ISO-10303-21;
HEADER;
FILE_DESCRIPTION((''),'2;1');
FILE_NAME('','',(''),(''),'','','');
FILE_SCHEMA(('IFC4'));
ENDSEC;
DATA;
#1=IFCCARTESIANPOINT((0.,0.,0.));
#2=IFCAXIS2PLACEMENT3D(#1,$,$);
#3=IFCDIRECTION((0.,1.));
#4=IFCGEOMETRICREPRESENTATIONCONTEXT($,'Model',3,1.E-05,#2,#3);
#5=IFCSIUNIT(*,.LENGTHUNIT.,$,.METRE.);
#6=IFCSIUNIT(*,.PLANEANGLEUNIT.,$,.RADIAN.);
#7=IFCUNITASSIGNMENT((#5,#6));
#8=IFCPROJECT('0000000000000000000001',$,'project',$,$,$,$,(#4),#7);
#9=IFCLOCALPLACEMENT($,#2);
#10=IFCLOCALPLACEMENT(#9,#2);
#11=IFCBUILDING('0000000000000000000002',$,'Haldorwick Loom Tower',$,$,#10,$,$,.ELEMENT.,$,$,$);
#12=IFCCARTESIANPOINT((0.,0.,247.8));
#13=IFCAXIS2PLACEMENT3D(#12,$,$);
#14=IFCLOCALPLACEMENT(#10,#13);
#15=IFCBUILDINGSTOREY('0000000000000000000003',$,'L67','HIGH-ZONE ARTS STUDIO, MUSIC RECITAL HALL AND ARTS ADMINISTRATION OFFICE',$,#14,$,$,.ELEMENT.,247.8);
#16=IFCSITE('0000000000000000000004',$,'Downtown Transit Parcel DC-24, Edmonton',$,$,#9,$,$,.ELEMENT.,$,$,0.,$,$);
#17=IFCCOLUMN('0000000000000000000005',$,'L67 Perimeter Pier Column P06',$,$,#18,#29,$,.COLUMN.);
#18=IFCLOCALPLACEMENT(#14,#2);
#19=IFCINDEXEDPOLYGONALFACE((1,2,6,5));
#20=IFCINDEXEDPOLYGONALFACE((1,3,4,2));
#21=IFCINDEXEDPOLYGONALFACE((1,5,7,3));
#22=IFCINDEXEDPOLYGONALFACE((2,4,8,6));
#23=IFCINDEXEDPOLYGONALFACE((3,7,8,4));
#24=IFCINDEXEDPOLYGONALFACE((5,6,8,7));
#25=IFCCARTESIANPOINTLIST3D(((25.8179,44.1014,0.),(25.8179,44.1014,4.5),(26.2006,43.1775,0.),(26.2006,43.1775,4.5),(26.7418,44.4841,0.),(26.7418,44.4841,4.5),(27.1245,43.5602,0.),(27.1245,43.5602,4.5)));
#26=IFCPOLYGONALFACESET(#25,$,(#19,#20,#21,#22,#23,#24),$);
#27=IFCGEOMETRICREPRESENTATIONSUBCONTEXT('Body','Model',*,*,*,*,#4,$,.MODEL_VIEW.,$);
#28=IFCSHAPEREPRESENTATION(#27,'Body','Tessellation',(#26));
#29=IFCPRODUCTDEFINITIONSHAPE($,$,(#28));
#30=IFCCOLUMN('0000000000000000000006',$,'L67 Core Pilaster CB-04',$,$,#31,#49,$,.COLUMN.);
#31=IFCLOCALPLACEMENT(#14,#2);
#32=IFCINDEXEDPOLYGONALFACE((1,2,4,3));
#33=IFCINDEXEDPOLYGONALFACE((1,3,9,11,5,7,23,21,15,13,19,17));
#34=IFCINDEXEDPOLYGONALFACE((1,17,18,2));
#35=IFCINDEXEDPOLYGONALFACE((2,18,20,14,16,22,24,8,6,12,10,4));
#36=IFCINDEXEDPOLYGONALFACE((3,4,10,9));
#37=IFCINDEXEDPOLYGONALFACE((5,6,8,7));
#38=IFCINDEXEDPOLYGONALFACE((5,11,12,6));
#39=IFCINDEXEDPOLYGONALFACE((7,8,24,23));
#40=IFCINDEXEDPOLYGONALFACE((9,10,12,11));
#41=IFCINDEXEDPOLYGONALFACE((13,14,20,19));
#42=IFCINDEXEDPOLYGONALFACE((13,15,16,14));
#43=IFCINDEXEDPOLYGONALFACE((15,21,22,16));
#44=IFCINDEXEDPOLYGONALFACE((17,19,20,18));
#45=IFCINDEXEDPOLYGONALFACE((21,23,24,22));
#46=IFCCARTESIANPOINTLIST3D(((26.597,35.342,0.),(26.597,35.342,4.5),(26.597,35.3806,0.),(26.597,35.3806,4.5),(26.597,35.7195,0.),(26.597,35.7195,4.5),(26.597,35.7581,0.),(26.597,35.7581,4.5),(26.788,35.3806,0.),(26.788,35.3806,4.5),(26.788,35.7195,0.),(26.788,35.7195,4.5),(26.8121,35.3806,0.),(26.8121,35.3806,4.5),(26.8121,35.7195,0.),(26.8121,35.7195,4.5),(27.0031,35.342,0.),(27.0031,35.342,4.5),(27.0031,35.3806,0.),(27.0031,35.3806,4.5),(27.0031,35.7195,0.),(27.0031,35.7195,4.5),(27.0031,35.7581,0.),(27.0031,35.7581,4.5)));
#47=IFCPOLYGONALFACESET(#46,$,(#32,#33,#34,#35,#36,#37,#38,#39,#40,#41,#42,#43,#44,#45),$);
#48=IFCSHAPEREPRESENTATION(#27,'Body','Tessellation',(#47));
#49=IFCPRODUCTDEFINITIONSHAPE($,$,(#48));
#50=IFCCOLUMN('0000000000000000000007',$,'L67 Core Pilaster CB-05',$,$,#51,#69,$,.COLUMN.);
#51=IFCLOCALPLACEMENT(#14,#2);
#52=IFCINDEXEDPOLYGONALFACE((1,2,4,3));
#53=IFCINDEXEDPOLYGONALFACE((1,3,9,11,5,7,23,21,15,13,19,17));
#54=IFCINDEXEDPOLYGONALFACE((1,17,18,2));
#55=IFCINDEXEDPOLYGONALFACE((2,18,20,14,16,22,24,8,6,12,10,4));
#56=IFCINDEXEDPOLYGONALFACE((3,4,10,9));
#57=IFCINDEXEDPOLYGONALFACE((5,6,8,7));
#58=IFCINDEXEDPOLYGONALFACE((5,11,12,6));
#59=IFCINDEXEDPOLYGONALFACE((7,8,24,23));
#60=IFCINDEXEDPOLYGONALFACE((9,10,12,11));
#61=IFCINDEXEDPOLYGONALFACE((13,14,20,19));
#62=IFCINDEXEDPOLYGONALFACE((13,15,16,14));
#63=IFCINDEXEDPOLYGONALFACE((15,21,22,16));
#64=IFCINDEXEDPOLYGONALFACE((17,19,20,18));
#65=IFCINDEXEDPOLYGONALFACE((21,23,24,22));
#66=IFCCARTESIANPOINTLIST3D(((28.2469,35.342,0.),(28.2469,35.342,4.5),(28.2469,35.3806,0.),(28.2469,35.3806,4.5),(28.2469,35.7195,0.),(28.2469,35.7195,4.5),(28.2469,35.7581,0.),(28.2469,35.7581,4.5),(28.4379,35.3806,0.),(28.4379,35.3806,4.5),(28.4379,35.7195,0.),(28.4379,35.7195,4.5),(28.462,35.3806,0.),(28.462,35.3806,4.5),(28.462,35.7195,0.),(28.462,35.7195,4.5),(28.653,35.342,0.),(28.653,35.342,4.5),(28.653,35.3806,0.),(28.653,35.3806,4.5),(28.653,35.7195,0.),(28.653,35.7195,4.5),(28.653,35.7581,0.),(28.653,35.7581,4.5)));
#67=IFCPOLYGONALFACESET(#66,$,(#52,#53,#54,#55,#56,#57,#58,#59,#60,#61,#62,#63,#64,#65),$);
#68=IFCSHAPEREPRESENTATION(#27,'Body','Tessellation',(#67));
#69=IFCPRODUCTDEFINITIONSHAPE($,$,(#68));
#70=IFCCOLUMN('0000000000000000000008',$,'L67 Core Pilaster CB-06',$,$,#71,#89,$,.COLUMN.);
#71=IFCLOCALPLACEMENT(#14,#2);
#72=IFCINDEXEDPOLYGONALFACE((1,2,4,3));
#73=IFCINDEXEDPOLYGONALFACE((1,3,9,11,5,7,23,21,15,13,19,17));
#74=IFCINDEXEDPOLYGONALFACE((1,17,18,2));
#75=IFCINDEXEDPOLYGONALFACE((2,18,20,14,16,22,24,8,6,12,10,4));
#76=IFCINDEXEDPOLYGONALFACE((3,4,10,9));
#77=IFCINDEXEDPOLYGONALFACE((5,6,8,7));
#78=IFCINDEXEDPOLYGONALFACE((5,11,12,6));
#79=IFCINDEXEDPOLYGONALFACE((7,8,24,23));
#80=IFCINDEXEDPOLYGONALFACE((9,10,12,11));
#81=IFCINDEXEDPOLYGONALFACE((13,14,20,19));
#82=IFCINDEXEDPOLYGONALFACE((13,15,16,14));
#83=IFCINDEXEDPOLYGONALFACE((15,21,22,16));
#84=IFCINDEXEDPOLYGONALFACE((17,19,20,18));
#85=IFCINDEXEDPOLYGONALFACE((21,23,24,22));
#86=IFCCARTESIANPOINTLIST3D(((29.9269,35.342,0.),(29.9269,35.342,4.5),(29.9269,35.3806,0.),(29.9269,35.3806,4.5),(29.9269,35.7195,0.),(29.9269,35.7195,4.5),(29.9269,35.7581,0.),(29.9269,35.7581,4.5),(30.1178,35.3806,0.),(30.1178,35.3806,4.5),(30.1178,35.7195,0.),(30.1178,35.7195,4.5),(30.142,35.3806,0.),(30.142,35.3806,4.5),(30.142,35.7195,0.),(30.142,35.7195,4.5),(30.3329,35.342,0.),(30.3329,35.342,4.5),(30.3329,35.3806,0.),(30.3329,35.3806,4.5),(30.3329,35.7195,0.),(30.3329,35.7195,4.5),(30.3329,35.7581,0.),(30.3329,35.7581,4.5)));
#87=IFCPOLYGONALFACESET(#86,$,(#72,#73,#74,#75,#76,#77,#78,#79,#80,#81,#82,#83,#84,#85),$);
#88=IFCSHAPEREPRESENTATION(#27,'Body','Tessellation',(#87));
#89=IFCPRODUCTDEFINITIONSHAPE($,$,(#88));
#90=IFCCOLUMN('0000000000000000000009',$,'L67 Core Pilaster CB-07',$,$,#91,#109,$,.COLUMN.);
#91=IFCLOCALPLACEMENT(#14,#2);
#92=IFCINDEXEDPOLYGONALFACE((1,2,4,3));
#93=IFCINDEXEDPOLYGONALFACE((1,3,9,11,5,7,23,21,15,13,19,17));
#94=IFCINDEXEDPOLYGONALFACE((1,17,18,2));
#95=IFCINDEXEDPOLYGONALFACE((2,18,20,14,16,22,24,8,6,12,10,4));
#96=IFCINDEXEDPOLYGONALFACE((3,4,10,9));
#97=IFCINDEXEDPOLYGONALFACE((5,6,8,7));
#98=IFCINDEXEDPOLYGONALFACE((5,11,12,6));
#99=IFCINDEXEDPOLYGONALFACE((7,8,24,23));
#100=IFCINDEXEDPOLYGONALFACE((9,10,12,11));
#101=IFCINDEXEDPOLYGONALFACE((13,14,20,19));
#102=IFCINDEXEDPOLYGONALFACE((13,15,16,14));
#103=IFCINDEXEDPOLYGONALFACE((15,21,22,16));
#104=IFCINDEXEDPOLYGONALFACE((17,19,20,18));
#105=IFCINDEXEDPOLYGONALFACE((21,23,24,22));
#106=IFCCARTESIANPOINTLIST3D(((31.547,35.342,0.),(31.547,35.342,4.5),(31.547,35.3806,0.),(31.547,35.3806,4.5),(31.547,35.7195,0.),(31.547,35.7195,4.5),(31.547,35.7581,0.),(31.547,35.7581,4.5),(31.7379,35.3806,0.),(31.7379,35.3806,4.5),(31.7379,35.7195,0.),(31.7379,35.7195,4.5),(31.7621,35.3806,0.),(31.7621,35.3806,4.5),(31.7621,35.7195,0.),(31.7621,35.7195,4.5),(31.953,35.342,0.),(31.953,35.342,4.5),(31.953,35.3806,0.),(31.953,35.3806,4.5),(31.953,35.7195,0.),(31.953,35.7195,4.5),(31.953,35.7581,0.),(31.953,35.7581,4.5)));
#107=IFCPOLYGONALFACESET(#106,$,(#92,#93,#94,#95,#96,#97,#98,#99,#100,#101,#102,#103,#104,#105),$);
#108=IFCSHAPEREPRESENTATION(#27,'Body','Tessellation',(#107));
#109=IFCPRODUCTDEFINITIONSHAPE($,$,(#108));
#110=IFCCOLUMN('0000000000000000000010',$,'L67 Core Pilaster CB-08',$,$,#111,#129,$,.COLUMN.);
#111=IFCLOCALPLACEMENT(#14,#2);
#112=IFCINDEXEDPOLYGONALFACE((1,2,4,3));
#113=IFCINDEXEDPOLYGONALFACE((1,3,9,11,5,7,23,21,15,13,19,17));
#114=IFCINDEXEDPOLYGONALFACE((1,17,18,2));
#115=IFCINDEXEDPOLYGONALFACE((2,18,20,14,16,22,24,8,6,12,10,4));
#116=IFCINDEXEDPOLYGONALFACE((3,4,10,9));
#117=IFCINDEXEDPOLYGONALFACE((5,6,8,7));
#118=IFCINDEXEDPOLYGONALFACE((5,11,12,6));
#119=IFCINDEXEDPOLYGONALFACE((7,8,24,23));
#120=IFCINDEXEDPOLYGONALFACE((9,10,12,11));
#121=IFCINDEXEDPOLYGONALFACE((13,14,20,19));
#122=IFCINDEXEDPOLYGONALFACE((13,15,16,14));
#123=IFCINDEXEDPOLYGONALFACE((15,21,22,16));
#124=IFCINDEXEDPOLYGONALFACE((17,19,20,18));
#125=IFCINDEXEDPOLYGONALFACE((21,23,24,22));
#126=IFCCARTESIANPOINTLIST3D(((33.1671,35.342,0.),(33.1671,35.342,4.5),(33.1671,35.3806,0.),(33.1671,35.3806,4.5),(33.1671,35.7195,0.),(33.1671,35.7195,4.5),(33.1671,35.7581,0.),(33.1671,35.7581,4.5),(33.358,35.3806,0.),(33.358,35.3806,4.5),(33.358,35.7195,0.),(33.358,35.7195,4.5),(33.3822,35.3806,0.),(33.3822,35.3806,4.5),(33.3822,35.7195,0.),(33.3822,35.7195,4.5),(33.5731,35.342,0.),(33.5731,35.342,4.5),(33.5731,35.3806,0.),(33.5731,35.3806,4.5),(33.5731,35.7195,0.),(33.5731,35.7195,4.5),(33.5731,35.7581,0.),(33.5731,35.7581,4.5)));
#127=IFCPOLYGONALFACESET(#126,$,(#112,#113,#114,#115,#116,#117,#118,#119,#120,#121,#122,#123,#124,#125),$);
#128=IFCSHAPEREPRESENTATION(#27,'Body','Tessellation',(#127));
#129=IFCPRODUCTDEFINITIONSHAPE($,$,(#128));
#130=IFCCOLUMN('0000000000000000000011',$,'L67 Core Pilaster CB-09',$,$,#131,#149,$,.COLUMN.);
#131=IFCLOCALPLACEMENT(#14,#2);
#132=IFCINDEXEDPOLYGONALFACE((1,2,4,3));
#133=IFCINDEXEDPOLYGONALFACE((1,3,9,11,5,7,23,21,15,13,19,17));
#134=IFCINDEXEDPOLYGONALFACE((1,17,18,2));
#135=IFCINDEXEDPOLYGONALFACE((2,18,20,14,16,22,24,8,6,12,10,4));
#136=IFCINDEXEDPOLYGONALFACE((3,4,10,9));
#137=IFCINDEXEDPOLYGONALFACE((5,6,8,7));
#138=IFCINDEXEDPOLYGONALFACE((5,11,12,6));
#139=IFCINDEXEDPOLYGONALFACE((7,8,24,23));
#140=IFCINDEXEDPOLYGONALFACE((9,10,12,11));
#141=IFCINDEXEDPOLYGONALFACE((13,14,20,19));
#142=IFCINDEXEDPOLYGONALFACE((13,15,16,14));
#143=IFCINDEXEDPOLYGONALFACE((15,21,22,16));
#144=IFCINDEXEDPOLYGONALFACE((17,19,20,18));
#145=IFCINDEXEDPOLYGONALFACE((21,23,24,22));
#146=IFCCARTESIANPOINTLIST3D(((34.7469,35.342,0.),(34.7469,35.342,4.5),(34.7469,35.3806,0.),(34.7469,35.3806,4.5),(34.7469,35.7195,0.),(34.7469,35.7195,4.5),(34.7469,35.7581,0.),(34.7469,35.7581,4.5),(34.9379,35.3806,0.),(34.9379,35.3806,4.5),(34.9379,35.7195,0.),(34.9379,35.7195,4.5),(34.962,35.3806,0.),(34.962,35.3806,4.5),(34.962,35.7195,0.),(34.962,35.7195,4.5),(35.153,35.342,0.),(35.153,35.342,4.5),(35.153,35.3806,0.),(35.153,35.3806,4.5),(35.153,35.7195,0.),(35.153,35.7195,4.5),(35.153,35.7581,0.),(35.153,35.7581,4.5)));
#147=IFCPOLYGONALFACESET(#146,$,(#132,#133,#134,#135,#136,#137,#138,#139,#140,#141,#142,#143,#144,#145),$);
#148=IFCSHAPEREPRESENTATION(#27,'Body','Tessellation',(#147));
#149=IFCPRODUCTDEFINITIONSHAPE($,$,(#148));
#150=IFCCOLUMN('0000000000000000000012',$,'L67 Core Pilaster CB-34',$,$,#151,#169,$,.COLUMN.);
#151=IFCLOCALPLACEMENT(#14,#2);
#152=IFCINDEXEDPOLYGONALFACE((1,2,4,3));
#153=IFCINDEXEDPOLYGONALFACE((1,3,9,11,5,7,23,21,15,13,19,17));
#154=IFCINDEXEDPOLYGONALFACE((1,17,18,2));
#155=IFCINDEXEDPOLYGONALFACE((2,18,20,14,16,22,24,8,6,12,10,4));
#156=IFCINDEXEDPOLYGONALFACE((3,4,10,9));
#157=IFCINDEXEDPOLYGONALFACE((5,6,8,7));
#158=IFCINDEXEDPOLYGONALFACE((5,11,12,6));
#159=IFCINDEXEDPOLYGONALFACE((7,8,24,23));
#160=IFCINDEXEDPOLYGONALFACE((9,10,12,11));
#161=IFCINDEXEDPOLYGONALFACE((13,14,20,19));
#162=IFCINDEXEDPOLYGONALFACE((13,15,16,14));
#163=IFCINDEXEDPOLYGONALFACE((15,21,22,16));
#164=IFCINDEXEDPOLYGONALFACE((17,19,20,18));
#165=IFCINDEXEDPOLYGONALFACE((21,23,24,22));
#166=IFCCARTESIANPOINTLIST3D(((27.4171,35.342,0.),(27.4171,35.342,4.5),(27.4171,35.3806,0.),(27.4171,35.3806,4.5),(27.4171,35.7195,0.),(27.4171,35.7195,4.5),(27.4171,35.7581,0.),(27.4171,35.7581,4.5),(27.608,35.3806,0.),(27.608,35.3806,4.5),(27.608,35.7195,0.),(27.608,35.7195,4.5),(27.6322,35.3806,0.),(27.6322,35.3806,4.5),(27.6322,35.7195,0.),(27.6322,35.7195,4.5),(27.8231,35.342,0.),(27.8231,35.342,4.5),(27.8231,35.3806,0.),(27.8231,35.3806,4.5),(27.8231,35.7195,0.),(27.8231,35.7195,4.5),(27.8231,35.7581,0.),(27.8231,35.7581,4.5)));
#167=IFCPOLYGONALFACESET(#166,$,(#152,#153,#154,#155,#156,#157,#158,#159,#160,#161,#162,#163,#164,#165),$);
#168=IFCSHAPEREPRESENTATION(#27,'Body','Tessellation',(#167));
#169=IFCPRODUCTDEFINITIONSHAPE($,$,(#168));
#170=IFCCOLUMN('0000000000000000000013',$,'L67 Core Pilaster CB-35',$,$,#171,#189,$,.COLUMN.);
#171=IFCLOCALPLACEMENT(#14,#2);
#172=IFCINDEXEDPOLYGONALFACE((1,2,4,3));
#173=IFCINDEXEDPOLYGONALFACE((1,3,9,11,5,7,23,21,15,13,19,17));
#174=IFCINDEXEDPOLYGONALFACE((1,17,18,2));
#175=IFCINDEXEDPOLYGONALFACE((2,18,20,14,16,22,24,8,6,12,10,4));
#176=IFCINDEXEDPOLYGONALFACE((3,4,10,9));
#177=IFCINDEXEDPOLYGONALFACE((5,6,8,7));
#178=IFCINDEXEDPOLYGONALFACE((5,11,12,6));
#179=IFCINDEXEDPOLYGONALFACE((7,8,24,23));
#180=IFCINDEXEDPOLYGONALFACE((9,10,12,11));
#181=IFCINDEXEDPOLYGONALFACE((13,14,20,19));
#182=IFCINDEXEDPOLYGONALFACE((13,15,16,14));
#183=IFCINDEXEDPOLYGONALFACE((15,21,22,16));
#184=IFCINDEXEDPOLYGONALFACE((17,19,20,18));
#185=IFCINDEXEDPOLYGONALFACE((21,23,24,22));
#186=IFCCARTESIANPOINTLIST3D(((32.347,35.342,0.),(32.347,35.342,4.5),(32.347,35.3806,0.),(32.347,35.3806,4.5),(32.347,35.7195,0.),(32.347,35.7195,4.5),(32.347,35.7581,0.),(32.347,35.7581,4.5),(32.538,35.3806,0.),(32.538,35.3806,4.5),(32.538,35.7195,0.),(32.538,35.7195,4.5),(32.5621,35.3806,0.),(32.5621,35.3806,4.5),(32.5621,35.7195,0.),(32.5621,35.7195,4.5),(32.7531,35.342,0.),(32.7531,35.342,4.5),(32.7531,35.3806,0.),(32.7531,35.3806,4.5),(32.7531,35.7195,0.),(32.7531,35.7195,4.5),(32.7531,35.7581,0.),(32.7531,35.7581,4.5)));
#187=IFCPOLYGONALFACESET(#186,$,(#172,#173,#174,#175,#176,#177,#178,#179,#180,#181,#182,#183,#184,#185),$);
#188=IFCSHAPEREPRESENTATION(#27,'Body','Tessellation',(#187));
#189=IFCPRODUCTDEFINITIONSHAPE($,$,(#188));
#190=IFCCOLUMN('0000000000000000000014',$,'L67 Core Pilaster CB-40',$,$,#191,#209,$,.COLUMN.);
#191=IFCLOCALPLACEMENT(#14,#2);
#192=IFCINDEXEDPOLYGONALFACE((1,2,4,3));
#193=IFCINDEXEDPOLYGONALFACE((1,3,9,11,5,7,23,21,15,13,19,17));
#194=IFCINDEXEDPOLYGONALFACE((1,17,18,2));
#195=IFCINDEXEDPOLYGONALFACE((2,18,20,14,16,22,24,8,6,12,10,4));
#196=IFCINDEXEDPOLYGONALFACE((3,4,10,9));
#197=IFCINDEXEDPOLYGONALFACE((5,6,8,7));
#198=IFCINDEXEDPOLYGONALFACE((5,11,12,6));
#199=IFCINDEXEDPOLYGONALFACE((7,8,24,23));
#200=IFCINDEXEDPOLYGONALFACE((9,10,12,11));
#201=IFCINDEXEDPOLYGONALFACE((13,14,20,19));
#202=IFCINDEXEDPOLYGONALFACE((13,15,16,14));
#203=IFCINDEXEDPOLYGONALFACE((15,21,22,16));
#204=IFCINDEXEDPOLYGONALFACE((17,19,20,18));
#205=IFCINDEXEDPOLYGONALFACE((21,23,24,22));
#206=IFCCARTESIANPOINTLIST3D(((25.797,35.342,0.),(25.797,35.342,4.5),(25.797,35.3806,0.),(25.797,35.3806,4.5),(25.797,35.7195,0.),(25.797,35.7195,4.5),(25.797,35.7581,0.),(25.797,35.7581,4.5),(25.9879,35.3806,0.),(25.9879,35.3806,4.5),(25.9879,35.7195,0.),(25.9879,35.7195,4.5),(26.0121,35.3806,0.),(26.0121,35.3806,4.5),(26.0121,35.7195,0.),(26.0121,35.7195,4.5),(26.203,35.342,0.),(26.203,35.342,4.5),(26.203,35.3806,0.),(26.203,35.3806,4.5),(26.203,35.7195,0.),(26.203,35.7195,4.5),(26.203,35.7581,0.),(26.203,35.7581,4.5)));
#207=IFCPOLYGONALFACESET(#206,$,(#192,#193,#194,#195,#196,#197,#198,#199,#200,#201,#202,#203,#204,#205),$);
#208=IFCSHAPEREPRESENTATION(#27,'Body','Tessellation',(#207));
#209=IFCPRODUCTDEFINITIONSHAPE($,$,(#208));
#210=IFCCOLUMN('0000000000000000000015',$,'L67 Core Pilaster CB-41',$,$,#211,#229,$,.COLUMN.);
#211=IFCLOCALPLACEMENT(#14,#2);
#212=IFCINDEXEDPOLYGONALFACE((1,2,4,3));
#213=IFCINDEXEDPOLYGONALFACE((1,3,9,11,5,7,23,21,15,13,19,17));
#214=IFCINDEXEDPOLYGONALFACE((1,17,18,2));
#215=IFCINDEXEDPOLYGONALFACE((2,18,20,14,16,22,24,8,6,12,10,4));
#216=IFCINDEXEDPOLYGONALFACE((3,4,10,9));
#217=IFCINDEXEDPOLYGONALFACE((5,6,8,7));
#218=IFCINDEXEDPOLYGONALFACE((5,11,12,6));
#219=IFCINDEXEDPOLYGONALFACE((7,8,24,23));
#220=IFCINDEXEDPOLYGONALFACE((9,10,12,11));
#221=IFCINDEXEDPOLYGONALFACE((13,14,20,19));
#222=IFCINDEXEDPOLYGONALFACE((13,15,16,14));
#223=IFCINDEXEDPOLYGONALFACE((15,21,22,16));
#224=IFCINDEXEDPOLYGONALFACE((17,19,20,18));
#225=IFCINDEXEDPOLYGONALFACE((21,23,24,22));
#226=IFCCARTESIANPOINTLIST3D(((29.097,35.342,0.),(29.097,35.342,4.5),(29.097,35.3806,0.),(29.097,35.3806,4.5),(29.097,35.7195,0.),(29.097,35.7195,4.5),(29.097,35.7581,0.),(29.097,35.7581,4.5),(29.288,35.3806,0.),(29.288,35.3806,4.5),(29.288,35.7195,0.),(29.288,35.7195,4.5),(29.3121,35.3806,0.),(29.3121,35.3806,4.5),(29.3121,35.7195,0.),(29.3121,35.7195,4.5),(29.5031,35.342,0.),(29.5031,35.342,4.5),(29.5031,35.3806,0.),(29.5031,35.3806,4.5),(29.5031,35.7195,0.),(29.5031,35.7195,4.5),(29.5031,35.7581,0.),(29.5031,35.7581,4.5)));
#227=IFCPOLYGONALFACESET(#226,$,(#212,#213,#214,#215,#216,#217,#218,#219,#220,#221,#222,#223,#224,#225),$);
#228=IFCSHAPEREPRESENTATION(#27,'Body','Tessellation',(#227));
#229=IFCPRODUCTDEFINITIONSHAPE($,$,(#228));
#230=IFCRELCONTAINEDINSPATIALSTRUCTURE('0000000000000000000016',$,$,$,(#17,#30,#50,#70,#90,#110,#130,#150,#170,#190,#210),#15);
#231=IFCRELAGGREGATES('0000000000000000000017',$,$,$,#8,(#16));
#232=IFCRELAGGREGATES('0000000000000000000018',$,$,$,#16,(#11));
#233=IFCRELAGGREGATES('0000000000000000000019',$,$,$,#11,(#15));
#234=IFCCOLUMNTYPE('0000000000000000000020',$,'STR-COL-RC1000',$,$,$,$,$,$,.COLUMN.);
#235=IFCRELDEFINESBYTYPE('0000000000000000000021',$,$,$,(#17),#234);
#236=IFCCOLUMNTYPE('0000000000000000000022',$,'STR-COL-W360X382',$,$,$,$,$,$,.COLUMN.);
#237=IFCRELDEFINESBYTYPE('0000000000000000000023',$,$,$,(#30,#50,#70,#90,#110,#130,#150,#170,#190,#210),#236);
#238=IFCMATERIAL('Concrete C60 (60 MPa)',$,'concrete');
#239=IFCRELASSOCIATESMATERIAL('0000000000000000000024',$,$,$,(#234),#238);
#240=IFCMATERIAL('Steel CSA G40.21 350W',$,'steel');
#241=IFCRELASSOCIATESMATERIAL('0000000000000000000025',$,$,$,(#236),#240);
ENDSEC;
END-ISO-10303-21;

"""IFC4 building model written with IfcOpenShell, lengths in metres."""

from ifc_helpers import new_model, si_unit, direction, frame, origin, origin_2d, place, context, subcontext, project, spatial, rectangle, i_section, extrude, material, material_profile, profile_set, type_object, element, save


model = new_model("IFC4")

# Units and contexts
model_context = context("Model", 3, precision=1e-05, world=origin(), true_north=direction((0.0, 1.0)))
body_context = subcontext(model_context, "Body", "Model", "MODEL_VIEW")
ifc_project = project(units=[si_unit("LENGTHUNIT", "METRE"), si_unit("PLANEANGLEUNIT", "RADIAN")], contexts=[model_context])

# Site, building, storey
site_placement = place(None, origin())
site = spatial("IfcSite", under=ifc_project, at=site_placement, Name="Downtown Transit Parcel DC-24, Edmonton", CompositionType="ELEMENT", RefElevation=0.0)
building_placement = place(site_placement, origin())
building = spatial("IfcBuilding", under=site, at=building_placement, Name="Haldorwick Loom Tower", CompositionType="ELEMENT")
storey_placement = place(building_placement, frame((0.0, 0.0, 247.8)))
storey = spatial("IfcBuildingStorey", under=building, at=storey_placement, Name="L67", Description="HIGH-ZONE ARTS STUDIO, MUSIC RECITAL HALL AND ARTS ADMINISTRATION OFFICE", CompositionType="ELEMENT", Elevation=247.8)

# Columns
ifc_material_1 = material(Name="Concrete C60 (60 MPa)", Category="concrete")
ifc_material_profile_1 = material_profile(ifc_material_1, rectangle(XDim=1.0, YDim=1.0, at=origin_2d()), Name="RC1000X1000", Category="concrete")
ifc_profile_set_1 = profile_set([ifc_material_profile_1], Name="Concrete C60 (60 MPa)")
column_type_1 = type_object("IfcColumnType", Name="STR-COL-RC1000", PredefinedType="COLUMN", material=ifc_profile_set_1)
column_placement = place(storey_placement, frame((26.4712, 43.8308, 0.0), z_axis=(0.0, 0.0, 1.0), x_axis=(-0.382683, 0.92388, 0.0)))
element("IfcColumn", 1, at=column_placement, inside=storey, type_object=column_type_1, Name="L67 Perimeter Pier Column P06", PredefinedType="COLUMN", context=body_context, shape_type="SweptSolid", body=[
    extrude(rectangle(XDim=1.0, YDim=1.0, at=origin_2d()), origin(), (0.0, 0.0, 1.0), 4.5),
])
ifc_material_2 = material(Name="Steel CSA G40.21 350W", Category="steel")
ifc_material_profile_2 = material_profile(ifc_material_2, i_section(OverallWidth=0.406, OverallDepth=0.416, WebThickness=0.0242, FlangeThickness=0.0386, at=origin_2d()), Name="W360X382", Category="steel")
ifc_profile_set_2 = profile_set([ifc_material_profile_2], Name="Steel CSA G40.21 350W")
column_type_2 = type_object("IfcColumnType", Name="STR-COL-W360X382", PredefinedType="COLUMN", material=ifc_profile_set_2)
for number, where, z_axis, x_axis, name in (
    (2, (26.8, 35.55, 0.0), (0.0, 0.0, 1.0), (1.0, 0.0, 0.0), "L67 Core Pilaster CB-04"),
    (3, (28.45, 35.55, 0.0), (0.0, 0.0, 1.0), (1.0, 0.0, 0.0), "L67 Core Pilaster CB-05"),
    (4, (30.1299, 35.55, 0.0), (0.0, 0.0, 1.0), (1.0, 0.0, 0.0), "L67 Core Pilaster CB-06"),
    (5, (31.75, 35.55, 0.0), (0.0, 0.0, 1.0), (1.0, 0.0, 0.0), "L67 Core Pilaster CB-07"),
    (6, (33.3701, 35.55, 0.0), (0.0, 0.0, 1.0), (1.0, 0.0, 0.0), "L67 Core Pilaster CB-08"),
    (7, (34.95, 35.55, 0.0), (0.0, 0.0, 1.0), (1.0, 0.0, 0.0), "L67 Core Pilaster CB-09"),
    (8, (27.6201, 35.55, 0.0), (0.0, 0.0, 1.0), (1.0, 0.0, 0.0), "L67 Core Pilaster CB-34"),
    (9, (32.55, 35.55, 0.0), (0.0, 0.0, 1.0), (1.0, 0.0, 0.0), "L67 Core Pilaster CB-35"),
    (10, (26.0, 35.55, 0.0), (0.0, 0.0, 1.0), (1.0, 0.0, 0.0), "L67 Core Pilaster CB-40"),
    (11, (29.3, 35.55, 0.0), (0.0, 0.0, 1.0), (1.0, 0.0, 0.0), "L67 Core Pilaster CB-41"),
):
    element("IfcColumn", number, at=place(storey_placement, frame(where, z_axis=z_axis, x_axis=x_axis)), inside=storey, type_object=column_type_2, Name=name, PredefinedType="COLUMN", context=body_context, shape_type="SweptSolid", body=[
        extrude(i_section(OverallWidth=0.406, OverallDepth=0.416, WebThickness=0.0242, FlangeThickness=0.0386, at=origin_2d()), origin(), (0.0, 0.0, 1.0), 4.5),
    ])

save(model, "model.ifc")
